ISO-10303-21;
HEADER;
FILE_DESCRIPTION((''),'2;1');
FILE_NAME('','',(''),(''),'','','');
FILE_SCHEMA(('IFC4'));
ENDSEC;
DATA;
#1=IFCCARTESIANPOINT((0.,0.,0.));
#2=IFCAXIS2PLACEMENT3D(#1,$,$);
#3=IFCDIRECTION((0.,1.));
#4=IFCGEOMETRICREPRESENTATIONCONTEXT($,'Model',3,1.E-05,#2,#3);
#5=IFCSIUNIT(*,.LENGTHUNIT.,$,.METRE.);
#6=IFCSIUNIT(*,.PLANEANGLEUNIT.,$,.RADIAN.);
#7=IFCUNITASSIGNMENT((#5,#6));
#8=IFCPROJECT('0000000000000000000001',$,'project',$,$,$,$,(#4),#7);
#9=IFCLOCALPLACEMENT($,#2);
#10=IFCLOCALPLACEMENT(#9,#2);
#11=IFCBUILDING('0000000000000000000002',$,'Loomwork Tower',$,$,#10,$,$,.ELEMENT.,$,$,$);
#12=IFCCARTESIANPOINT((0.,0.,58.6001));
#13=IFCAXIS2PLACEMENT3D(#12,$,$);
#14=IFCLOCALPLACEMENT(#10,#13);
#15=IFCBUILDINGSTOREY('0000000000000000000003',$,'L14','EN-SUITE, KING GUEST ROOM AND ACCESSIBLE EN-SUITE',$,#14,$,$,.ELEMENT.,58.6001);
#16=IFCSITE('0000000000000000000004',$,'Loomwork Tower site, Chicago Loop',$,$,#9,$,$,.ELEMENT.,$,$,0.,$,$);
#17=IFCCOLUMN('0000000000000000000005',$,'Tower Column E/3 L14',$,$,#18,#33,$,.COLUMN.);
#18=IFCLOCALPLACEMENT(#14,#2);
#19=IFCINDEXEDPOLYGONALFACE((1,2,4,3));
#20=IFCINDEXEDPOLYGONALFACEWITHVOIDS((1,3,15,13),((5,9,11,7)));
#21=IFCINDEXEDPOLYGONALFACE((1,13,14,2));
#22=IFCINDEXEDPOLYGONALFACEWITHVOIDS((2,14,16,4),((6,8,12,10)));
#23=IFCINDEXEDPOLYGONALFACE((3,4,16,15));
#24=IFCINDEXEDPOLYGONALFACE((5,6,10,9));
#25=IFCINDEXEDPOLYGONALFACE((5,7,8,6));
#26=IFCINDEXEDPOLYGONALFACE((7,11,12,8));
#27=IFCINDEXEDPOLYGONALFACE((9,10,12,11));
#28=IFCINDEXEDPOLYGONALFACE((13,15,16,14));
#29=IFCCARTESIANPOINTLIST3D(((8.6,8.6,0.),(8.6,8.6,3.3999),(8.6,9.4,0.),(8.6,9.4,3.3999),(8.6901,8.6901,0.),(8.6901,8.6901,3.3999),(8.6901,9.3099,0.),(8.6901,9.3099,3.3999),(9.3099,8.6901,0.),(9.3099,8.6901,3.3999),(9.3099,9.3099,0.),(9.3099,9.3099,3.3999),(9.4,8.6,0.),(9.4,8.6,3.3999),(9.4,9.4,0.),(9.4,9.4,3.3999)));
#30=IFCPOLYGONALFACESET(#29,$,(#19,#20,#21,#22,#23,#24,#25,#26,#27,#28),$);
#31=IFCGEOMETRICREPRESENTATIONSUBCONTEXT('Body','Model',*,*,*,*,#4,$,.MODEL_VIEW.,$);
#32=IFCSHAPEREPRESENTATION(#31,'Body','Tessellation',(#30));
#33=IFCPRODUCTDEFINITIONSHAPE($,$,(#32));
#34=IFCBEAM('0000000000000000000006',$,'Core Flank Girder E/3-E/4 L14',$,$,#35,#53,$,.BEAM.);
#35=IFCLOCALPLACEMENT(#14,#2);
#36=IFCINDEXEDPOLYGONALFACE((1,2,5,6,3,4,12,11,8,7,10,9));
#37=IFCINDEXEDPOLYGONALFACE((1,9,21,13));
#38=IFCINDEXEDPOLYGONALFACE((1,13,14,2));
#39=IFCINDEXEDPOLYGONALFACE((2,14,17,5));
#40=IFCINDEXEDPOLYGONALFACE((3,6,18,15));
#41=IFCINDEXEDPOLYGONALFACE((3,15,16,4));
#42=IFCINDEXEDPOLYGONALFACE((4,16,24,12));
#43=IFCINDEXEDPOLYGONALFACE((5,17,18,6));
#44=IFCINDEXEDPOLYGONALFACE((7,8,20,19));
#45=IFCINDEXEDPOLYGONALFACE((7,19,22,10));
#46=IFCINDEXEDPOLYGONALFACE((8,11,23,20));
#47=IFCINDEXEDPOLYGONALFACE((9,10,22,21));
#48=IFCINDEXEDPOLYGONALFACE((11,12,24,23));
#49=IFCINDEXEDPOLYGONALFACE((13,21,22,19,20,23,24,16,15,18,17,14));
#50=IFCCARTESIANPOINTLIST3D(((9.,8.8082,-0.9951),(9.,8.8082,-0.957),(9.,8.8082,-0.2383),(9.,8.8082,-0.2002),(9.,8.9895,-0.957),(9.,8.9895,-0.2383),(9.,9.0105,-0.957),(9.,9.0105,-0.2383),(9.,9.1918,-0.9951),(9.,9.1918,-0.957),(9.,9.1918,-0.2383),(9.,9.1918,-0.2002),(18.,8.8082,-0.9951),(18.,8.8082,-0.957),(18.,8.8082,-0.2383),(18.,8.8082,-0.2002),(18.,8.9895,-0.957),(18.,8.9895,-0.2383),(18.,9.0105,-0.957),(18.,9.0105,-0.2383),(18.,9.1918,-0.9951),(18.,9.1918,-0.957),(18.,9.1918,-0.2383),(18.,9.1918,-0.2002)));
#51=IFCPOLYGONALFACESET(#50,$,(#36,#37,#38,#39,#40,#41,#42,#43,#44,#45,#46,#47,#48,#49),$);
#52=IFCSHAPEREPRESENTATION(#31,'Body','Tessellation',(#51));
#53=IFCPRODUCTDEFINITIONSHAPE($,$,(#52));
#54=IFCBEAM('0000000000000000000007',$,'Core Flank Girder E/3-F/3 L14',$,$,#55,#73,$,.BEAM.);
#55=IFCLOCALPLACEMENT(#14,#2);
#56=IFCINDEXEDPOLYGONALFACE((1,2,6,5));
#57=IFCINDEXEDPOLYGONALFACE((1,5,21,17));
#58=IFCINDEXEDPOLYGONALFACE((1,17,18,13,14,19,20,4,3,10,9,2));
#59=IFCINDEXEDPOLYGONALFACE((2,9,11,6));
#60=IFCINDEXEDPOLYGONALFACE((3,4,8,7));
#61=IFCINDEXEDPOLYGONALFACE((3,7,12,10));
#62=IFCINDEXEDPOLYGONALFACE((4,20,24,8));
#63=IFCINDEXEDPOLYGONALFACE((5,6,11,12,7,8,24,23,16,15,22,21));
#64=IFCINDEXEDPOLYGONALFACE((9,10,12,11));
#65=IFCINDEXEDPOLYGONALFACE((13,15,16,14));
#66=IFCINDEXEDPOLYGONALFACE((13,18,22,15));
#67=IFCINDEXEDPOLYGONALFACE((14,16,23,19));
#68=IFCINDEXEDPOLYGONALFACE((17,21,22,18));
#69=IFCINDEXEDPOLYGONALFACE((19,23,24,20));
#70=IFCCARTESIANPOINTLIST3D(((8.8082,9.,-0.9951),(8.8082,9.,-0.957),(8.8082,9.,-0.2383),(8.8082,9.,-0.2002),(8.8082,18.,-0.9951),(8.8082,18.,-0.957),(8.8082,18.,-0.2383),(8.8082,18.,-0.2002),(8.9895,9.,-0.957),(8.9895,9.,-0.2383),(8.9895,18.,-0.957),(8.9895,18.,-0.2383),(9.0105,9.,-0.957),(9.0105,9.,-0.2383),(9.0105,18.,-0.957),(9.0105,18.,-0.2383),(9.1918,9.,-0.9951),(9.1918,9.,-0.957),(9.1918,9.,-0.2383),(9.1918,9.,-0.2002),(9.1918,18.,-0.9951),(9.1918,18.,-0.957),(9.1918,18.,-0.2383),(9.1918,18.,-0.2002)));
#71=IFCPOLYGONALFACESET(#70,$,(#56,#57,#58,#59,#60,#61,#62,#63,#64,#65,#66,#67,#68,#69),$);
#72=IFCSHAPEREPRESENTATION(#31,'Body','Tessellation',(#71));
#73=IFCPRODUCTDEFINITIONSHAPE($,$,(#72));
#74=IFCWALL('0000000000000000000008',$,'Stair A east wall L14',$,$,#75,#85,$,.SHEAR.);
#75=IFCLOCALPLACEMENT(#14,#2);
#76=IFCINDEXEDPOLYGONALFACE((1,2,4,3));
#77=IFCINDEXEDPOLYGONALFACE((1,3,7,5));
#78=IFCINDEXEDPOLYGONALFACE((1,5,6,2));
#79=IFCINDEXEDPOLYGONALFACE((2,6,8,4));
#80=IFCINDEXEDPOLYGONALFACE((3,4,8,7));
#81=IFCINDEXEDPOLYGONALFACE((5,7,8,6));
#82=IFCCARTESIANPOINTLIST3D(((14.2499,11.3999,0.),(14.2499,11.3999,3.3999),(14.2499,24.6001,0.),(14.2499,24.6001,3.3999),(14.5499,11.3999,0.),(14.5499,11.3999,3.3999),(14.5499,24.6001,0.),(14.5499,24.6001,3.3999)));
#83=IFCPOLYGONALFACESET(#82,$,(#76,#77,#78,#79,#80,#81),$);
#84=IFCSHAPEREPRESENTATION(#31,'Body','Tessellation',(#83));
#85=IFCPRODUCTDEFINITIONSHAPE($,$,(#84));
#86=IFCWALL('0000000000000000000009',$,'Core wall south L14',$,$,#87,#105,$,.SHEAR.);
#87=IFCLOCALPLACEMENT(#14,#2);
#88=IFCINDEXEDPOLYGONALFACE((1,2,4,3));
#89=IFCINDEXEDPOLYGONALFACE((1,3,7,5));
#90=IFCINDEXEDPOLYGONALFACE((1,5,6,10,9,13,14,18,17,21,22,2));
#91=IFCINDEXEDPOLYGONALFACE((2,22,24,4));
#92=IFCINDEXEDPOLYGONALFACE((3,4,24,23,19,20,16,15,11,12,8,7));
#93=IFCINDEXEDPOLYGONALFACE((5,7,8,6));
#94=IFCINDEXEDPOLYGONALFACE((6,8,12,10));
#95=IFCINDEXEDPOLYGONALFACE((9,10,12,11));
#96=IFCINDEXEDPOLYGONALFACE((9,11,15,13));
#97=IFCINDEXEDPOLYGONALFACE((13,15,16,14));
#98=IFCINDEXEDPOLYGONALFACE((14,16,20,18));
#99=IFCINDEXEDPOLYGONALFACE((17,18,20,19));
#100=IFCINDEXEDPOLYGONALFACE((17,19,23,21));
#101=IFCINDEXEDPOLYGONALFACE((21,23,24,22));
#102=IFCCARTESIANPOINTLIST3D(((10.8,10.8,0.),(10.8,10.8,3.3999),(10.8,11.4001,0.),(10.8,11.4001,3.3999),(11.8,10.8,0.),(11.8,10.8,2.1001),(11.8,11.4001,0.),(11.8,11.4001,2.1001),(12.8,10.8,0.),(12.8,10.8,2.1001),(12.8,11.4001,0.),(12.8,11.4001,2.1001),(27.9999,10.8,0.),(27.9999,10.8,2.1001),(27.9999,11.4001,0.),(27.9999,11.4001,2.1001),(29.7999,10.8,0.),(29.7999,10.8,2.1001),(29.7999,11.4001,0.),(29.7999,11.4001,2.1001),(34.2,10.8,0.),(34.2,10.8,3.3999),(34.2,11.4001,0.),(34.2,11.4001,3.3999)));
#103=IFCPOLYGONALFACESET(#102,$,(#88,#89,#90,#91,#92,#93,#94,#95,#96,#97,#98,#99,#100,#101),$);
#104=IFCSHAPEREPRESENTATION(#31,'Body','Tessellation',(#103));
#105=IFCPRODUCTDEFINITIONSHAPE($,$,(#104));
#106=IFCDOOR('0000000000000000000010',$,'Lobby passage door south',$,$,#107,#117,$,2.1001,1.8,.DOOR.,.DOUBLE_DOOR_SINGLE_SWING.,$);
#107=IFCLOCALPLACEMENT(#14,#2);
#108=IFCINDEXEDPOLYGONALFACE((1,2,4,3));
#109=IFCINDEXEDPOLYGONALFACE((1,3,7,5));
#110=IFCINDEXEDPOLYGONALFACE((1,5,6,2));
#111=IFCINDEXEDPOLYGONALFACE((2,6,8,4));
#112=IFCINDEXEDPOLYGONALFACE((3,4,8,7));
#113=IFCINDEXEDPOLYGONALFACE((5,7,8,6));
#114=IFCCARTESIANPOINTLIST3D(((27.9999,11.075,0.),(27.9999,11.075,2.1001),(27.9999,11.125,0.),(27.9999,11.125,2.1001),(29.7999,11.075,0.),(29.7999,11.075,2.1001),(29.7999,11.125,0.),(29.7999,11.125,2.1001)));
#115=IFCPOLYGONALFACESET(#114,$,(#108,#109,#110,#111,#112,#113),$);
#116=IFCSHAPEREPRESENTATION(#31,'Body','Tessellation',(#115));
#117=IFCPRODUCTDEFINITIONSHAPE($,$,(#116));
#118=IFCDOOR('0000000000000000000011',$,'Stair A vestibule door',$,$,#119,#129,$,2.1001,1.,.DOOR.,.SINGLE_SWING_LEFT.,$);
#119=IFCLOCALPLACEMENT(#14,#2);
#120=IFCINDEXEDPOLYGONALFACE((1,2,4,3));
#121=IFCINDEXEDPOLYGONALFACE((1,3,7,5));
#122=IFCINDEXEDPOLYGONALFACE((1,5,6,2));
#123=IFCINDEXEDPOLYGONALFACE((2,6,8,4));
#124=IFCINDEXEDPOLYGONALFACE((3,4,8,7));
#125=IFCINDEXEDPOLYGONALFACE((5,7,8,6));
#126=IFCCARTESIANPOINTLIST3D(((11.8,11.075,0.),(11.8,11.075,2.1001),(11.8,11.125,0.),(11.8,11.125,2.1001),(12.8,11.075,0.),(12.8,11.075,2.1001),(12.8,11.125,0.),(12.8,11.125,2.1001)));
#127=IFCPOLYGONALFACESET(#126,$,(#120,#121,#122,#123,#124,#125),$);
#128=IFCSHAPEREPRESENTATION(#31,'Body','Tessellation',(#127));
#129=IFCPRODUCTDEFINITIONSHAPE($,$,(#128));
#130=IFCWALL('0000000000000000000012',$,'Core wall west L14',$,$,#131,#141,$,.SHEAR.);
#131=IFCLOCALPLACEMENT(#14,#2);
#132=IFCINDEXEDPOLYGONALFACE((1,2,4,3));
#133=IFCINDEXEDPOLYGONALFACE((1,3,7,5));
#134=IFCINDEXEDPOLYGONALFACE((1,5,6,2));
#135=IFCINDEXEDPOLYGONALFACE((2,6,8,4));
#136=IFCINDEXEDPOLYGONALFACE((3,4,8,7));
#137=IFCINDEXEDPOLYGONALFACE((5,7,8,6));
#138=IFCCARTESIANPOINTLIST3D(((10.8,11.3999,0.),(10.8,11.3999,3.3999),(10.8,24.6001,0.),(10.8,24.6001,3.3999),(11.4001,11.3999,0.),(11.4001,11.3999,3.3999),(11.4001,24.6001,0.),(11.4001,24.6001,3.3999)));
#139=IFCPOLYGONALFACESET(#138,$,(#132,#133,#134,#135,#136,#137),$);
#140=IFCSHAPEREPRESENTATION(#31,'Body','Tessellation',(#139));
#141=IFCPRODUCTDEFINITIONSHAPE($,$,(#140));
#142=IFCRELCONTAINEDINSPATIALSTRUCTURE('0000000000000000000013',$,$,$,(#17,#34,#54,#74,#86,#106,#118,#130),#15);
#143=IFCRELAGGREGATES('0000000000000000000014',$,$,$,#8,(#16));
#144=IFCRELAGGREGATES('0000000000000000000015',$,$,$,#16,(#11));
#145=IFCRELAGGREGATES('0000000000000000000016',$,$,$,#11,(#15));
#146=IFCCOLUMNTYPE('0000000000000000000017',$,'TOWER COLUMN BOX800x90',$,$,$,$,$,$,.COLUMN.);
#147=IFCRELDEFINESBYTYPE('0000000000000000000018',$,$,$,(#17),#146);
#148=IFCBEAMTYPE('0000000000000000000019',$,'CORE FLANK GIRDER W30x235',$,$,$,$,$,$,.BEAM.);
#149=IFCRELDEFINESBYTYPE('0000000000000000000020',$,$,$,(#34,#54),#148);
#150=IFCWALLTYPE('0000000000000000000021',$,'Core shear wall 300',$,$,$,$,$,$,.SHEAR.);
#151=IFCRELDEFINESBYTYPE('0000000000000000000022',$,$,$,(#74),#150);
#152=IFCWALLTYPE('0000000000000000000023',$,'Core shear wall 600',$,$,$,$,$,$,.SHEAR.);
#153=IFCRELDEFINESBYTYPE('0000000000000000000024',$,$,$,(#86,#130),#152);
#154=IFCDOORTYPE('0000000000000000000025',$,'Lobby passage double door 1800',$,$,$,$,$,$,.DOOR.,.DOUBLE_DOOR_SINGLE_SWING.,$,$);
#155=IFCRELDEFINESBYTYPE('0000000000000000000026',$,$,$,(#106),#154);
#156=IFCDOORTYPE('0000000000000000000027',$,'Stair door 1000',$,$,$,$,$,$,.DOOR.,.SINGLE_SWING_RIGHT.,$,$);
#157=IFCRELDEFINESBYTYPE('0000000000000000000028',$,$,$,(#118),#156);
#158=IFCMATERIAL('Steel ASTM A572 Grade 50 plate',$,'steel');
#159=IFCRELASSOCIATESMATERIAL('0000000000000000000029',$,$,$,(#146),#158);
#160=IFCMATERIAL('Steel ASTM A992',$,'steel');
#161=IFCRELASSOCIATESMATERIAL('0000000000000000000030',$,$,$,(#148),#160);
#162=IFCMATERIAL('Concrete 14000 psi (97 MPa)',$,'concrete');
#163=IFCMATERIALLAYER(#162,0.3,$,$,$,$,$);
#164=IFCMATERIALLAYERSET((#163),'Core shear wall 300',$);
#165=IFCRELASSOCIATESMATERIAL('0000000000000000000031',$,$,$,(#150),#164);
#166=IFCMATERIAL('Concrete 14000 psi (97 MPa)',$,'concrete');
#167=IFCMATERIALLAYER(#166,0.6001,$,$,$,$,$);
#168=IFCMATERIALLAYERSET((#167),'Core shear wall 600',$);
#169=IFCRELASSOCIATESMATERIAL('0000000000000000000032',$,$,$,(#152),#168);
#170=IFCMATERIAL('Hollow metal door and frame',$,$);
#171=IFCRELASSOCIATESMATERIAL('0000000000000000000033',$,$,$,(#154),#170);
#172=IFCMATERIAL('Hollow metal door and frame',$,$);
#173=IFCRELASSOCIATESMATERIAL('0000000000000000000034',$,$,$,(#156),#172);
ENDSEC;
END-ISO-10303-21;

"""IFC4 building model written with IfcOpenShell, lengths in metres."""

from ifc_helpers import new_model, si_unit, direction, frame, frame_2d, origin, origin_2d, place, context, subcontext, project, spatial, rectangle, hollow_rectangle, i_section, extrude, material, layer, layer_set, material_profile, profile_set, type_object, element, fill, save


model = new_model("IFC4")

# Units and contexts
model_context = context("Model", 3, precision=1e-05, world=origin(), true_north=direction((0.0, 1.0)))
body_context = subcontext(model_context, "Body", "Model", "MODEL_VIEW")
ifc_project = project(units=[si_unit("LENGTHUNIT", "METRE"), si_unit("PLANEANGLEUNIT", "RADIAN")], contexts=[model_context])

# Site, building, storey
site_placement = place(None, origin())
site = spatial("IfcSite", under=ifc_project, at=site_placement, Name="Loomwork Tower site, Chicago Loop", CompositionType="ELEMENT", RefElevation=0.0)
building_placement = place(site_placement, origin())
building = spatial("IfcBuilding", under=site, at=building_placement, Name="Loomwork Tower", CompositionType="ELEMENT")
storey_placement = place(building_placement, frame((0.0, 0.0, 58.6001)))
storey = spatial("IfcBuildingStorey", under=building, at=storey_placement, Name="L14", Description="EN-SUITE, KING GUEST ROOM AND ACCESSIBLE EN-SUITE", CompositionType="ELEMENT", Elevation=58.6001)

# Column
ifc_material_1 = material(Name="Steel ASTM A572 Grade 50 plate", Category="steel")
ifc_material_profile_1 = material_profile(ifc_material_1, hollow_rectangle(XDim=0.8, YDim=0.8, WallThickness=0.0901, at=origin_2d()), Name="BOX800x90")
ifc_profile_set_1 = profile_set([ifc_material_profile_1], Name="Steel ASTM A572 Grade 50 plate")
column_type = type_object("IfcColumnType", Name="TOWER COLUMN BOX800x90", PredefinedType="COLUMN", material=ifc_profile_set_1)
column_placement = place(storey_placement, frame((9.0, 9.0, 0.0), z_axis=(0.0, 0.0, 1.0), x_axis=(1.0, 0.0, 0.0)))
element("IfcColumn", 1, at=column_placement, inside=storey, type_object=column_type, Name="Tower Column E/3 L14", PredefinedType="COLUMN", context=body_context, shape_type="SweptSolid", body=[
    extrude(hollow_rectangle(XDim=0.8, YDim=0.8, WallThickness=0.0901, at=origin_2d()), origin(), (0.0, 0.0, 1.0), 3.3999),
])

# Beams
ifc_material_2 = material(Name="Steel ASTM A992", Category="steel")
ifc_material_profile_2 = material_profile(ifc_material_2, i_section(OverallWidth=0.3835, OverallDepth=0.7949, WebThickness=0.021, FlangeThickness=0.0381, at=origin_2d()), Name="W30x235")
ifc_profile_set_2 = profile_set([ifc_material_profile_2], Name="Steel ASTM A992")
beam_type = type_object("IfcBeamType", Name="CORE FLANK GIRDER W30x235", PredefinedType="BEAM", material=ifc_profile_set_2)
for number, where, z_axis, x_axis, name in (
    (2, (9.0, 9.0, -0.5977), (1.0, 0.0, 0.0), (0.0, 1.0, 0.0), "Core Flank Girder E/3-E/4 L14"),
    (3, (9.0, 9.0, -0.5977), (0.0, 1.0, 0.0), (-1.0, 0.0, 0.0), "Core Flank Girder E/3-F/3 L14"),
):
    element("IfcBeam", number, at=place(storey_placement, frame(where, z_axis=z_axis, x_axis=x_axis)), inside=storey, type_object=beam_type, Name=name, PredefinedType="BEAM", context=body_context, shape_type="SweptSolid", body=[
        extrude(i_section(OverallWidth=0.3835, OverallDepth=0.7949, WebThickness=0.021, FlangeThickness=0.0381, at=origin_2d()), origin(), (0.0, 0.0, 1.0), 9.0),
    ])

# Wall
ifc_material_3 = material(Name="Concrete 14000 psi (97 MPa)", Category="concrete")
ifc_layer_1 = layer(ifc_material_3, 0.3)
ifc_layer_set_1 = layer_set([ifc_layer_1], Name="Core shear wall 300")
wall_type_1 = type_object("IfcWallType", Name="Core shear wall 300", PredefinedType="SHEAR", material=ifc_layer_set_1)
wall_1_placement = place(storey_placement, frame((14.3999, 11.3999, 0.0), z_axis=(0.0, 0.0, 1.0), x_axis=(0.0, 1.0, 0.0)))
element("IfcWall", 4, at=wall_1_placement, inside=storey, type_object=wall_type_1, Name="Stair A east wall L14", PredefinedType="SHEAR", context=body_context, shape_type="SweptSolid", body=[
    extrude(rectangle(XDim=13.2002, YDim=0.3, at=frame_2d((6.6001, 0.0))), origin(), (0.0, 0.0, 1.0), 3.3999),
])

# Wall, openings, doors
ifc_material_4 = material(Name="Concrete 14000 psi (97 MPa)", Category="concrete")
ifc_layer_2 = layer(ifc_material_4, 0.6001)
ifc_layer_set_2 = layer_set([ifc_layer_2], Name="Core shear wall 600")
wall_type_2 = type_object("IfcWallType", Name="Core shear wall 600", PredefinedType="SHEAR", material=ifc_layer_set_2)
wall_2_placement = place(storey_placement, frame((10.8, 11.1001, 0.0), z_axis=(0.0, 0.0, 1.0), x_axis=(1.0, 0.0, 0.0)))
wall_2 = element("IfcWall", 5, at=wall_2_placement, inside=storey, type_object=wall_type_2, Name="Core wall south L14", PredefinedType="SHEAR", context=body_context, shape_type="SweptSolid", body=[
    extrude(rectangle(XDim=23.3999, YDim=0.6001, at=frame_2d((11.7, 0.0))), origin(), (0.0, 0.0, 1.0), 3.3999),
])
opening_1_placement = place(wall_2_placement, frame((1.0, 0.0, 0.0)))
opening_1 = element("IfcOpeningElement", 6, at=opening_1_placement, cuts=wall_2, PredefinedType="OPENING", context=body_context, shape_type="SweptSolid", body=[
    extrude(rectangle(XDim=1.0, YDim=2.1001, at=frame_2d((0.5, 1.05))), frame((0.0, 0.3101, 0.0), z_axis=(0.0, -1.0, 0.0), x_axis=(1.0, 0.0, 0.0)), (0.0, 0.0, 1.0), 0.6201),
])
opening_2_placement = place(wall_2_placement, frame((17.2, 0.0, 0.0)))
opening_2 = element("IfcOpeningElement", 7, at=opening_2_placement, cuts=wall_2, PredefinedType="OPENING", context=body_context, shape_type="SweptSolid", body=[
    extrude(rectangle(XDim=1.8, YDim=2.1001, at=frame_2d((0.8999, 1.05))), frame((0.0, 0.3101, 0.0), z_axis=(0.0, -1.0, 0.0), x_axis=(1.0, 0.0, 0.0)), (0.0, 0.0, 1.0), 0.6201),
])
ifc_material_5 = material(Name="Hollow metal door and frame")
door_type_1 = type_object("IfcDoorType", Name="Lobby passage double door 1800", OperationType="DOUBLE_DOOR_SINGLE_SWING", PredefinedType="DOOR", material=ifc_material_5)
door_1_placement = place(opening_2_placement, origin())
door_1 = element("IfcDoor", 8, at=door_1_placement, inside=storey, type_object=door_type_1, Name="Lobby passage door south", OperationType="DOUBLE_DOOR_SINGLE_SWING", OverallHeight=2.1001, OverallWidth=1.8, PredefinedType="DOOR", context=body_context, shape_type="SweptSolid", body=[
    extrude(rectangle(XDim=1.8, YDim=2.1001, at=frame_2d((0.8999, 1.05))), frame((0.0, 0.0249, 0.0), z_axis=(0.0, -1.0, 0.0), x_axis=(1.0, 0.0, 0.0)), (0.0, 0.0, 1.0), 0.05),
])
fill(opening_2, door_1)
ifc_material_6 = material(Name="Hollow metal door and frame")
door_type_2 = type_object("IfcDoorType", Name="Stair door 1000", OperationType="SINGLE_SWING_RIGHT", PredefinedType="DOOR", material=ifc_material_6)
door_2_placement = place(opening_1_placement, origin())
door_2 = element("IfcDoor", 9, at=door_2_placement, inside=storey, type_object=door_type_2, Name="Stair A vestibule door", OperationType="SINGLE_SWING_LEFT", OverallHeight=2.1001, OverallWidth=1.0, PredefinedType="DOOR", context=body_context, shape_type="SweptSolid", body=[
    extrude(rectangle(XDim=1.0, YDim=2.1001, at=frame_2d((0.5, 1.05))), frame((0.0, 0.0249, 0.0), z_axis=(0.0, -1.0, 0.0), x_axis=(1.0, 0.0, 0.0)), (0.0, 0.0, 1.0), 0.05),
])
fill(opening_1, door_2)

# Wall
wall_3_placement = place(storey_placement, frame((11.1001, 11.3999, 0.0), z_axis=(0.0, 0.0, 1.0), x_axis=(0.0, 1.0, 0.0)))
element("IfcWall", 10, at=wall_3_placement, inside=storey, type_object=wall_type_2, Name="Core wall west L14", PredefinedType="SHEAR", context=body_context, shape_type="SweptSolid", body=[
    extrude(rectangle(XDim=13.2002, YDim=0.6001, at=frame_2d((6.6001, 0.0))), origin(), (0.0, 0.0, 1.0), 3.3999),
])

save(model, "model.ifc")
